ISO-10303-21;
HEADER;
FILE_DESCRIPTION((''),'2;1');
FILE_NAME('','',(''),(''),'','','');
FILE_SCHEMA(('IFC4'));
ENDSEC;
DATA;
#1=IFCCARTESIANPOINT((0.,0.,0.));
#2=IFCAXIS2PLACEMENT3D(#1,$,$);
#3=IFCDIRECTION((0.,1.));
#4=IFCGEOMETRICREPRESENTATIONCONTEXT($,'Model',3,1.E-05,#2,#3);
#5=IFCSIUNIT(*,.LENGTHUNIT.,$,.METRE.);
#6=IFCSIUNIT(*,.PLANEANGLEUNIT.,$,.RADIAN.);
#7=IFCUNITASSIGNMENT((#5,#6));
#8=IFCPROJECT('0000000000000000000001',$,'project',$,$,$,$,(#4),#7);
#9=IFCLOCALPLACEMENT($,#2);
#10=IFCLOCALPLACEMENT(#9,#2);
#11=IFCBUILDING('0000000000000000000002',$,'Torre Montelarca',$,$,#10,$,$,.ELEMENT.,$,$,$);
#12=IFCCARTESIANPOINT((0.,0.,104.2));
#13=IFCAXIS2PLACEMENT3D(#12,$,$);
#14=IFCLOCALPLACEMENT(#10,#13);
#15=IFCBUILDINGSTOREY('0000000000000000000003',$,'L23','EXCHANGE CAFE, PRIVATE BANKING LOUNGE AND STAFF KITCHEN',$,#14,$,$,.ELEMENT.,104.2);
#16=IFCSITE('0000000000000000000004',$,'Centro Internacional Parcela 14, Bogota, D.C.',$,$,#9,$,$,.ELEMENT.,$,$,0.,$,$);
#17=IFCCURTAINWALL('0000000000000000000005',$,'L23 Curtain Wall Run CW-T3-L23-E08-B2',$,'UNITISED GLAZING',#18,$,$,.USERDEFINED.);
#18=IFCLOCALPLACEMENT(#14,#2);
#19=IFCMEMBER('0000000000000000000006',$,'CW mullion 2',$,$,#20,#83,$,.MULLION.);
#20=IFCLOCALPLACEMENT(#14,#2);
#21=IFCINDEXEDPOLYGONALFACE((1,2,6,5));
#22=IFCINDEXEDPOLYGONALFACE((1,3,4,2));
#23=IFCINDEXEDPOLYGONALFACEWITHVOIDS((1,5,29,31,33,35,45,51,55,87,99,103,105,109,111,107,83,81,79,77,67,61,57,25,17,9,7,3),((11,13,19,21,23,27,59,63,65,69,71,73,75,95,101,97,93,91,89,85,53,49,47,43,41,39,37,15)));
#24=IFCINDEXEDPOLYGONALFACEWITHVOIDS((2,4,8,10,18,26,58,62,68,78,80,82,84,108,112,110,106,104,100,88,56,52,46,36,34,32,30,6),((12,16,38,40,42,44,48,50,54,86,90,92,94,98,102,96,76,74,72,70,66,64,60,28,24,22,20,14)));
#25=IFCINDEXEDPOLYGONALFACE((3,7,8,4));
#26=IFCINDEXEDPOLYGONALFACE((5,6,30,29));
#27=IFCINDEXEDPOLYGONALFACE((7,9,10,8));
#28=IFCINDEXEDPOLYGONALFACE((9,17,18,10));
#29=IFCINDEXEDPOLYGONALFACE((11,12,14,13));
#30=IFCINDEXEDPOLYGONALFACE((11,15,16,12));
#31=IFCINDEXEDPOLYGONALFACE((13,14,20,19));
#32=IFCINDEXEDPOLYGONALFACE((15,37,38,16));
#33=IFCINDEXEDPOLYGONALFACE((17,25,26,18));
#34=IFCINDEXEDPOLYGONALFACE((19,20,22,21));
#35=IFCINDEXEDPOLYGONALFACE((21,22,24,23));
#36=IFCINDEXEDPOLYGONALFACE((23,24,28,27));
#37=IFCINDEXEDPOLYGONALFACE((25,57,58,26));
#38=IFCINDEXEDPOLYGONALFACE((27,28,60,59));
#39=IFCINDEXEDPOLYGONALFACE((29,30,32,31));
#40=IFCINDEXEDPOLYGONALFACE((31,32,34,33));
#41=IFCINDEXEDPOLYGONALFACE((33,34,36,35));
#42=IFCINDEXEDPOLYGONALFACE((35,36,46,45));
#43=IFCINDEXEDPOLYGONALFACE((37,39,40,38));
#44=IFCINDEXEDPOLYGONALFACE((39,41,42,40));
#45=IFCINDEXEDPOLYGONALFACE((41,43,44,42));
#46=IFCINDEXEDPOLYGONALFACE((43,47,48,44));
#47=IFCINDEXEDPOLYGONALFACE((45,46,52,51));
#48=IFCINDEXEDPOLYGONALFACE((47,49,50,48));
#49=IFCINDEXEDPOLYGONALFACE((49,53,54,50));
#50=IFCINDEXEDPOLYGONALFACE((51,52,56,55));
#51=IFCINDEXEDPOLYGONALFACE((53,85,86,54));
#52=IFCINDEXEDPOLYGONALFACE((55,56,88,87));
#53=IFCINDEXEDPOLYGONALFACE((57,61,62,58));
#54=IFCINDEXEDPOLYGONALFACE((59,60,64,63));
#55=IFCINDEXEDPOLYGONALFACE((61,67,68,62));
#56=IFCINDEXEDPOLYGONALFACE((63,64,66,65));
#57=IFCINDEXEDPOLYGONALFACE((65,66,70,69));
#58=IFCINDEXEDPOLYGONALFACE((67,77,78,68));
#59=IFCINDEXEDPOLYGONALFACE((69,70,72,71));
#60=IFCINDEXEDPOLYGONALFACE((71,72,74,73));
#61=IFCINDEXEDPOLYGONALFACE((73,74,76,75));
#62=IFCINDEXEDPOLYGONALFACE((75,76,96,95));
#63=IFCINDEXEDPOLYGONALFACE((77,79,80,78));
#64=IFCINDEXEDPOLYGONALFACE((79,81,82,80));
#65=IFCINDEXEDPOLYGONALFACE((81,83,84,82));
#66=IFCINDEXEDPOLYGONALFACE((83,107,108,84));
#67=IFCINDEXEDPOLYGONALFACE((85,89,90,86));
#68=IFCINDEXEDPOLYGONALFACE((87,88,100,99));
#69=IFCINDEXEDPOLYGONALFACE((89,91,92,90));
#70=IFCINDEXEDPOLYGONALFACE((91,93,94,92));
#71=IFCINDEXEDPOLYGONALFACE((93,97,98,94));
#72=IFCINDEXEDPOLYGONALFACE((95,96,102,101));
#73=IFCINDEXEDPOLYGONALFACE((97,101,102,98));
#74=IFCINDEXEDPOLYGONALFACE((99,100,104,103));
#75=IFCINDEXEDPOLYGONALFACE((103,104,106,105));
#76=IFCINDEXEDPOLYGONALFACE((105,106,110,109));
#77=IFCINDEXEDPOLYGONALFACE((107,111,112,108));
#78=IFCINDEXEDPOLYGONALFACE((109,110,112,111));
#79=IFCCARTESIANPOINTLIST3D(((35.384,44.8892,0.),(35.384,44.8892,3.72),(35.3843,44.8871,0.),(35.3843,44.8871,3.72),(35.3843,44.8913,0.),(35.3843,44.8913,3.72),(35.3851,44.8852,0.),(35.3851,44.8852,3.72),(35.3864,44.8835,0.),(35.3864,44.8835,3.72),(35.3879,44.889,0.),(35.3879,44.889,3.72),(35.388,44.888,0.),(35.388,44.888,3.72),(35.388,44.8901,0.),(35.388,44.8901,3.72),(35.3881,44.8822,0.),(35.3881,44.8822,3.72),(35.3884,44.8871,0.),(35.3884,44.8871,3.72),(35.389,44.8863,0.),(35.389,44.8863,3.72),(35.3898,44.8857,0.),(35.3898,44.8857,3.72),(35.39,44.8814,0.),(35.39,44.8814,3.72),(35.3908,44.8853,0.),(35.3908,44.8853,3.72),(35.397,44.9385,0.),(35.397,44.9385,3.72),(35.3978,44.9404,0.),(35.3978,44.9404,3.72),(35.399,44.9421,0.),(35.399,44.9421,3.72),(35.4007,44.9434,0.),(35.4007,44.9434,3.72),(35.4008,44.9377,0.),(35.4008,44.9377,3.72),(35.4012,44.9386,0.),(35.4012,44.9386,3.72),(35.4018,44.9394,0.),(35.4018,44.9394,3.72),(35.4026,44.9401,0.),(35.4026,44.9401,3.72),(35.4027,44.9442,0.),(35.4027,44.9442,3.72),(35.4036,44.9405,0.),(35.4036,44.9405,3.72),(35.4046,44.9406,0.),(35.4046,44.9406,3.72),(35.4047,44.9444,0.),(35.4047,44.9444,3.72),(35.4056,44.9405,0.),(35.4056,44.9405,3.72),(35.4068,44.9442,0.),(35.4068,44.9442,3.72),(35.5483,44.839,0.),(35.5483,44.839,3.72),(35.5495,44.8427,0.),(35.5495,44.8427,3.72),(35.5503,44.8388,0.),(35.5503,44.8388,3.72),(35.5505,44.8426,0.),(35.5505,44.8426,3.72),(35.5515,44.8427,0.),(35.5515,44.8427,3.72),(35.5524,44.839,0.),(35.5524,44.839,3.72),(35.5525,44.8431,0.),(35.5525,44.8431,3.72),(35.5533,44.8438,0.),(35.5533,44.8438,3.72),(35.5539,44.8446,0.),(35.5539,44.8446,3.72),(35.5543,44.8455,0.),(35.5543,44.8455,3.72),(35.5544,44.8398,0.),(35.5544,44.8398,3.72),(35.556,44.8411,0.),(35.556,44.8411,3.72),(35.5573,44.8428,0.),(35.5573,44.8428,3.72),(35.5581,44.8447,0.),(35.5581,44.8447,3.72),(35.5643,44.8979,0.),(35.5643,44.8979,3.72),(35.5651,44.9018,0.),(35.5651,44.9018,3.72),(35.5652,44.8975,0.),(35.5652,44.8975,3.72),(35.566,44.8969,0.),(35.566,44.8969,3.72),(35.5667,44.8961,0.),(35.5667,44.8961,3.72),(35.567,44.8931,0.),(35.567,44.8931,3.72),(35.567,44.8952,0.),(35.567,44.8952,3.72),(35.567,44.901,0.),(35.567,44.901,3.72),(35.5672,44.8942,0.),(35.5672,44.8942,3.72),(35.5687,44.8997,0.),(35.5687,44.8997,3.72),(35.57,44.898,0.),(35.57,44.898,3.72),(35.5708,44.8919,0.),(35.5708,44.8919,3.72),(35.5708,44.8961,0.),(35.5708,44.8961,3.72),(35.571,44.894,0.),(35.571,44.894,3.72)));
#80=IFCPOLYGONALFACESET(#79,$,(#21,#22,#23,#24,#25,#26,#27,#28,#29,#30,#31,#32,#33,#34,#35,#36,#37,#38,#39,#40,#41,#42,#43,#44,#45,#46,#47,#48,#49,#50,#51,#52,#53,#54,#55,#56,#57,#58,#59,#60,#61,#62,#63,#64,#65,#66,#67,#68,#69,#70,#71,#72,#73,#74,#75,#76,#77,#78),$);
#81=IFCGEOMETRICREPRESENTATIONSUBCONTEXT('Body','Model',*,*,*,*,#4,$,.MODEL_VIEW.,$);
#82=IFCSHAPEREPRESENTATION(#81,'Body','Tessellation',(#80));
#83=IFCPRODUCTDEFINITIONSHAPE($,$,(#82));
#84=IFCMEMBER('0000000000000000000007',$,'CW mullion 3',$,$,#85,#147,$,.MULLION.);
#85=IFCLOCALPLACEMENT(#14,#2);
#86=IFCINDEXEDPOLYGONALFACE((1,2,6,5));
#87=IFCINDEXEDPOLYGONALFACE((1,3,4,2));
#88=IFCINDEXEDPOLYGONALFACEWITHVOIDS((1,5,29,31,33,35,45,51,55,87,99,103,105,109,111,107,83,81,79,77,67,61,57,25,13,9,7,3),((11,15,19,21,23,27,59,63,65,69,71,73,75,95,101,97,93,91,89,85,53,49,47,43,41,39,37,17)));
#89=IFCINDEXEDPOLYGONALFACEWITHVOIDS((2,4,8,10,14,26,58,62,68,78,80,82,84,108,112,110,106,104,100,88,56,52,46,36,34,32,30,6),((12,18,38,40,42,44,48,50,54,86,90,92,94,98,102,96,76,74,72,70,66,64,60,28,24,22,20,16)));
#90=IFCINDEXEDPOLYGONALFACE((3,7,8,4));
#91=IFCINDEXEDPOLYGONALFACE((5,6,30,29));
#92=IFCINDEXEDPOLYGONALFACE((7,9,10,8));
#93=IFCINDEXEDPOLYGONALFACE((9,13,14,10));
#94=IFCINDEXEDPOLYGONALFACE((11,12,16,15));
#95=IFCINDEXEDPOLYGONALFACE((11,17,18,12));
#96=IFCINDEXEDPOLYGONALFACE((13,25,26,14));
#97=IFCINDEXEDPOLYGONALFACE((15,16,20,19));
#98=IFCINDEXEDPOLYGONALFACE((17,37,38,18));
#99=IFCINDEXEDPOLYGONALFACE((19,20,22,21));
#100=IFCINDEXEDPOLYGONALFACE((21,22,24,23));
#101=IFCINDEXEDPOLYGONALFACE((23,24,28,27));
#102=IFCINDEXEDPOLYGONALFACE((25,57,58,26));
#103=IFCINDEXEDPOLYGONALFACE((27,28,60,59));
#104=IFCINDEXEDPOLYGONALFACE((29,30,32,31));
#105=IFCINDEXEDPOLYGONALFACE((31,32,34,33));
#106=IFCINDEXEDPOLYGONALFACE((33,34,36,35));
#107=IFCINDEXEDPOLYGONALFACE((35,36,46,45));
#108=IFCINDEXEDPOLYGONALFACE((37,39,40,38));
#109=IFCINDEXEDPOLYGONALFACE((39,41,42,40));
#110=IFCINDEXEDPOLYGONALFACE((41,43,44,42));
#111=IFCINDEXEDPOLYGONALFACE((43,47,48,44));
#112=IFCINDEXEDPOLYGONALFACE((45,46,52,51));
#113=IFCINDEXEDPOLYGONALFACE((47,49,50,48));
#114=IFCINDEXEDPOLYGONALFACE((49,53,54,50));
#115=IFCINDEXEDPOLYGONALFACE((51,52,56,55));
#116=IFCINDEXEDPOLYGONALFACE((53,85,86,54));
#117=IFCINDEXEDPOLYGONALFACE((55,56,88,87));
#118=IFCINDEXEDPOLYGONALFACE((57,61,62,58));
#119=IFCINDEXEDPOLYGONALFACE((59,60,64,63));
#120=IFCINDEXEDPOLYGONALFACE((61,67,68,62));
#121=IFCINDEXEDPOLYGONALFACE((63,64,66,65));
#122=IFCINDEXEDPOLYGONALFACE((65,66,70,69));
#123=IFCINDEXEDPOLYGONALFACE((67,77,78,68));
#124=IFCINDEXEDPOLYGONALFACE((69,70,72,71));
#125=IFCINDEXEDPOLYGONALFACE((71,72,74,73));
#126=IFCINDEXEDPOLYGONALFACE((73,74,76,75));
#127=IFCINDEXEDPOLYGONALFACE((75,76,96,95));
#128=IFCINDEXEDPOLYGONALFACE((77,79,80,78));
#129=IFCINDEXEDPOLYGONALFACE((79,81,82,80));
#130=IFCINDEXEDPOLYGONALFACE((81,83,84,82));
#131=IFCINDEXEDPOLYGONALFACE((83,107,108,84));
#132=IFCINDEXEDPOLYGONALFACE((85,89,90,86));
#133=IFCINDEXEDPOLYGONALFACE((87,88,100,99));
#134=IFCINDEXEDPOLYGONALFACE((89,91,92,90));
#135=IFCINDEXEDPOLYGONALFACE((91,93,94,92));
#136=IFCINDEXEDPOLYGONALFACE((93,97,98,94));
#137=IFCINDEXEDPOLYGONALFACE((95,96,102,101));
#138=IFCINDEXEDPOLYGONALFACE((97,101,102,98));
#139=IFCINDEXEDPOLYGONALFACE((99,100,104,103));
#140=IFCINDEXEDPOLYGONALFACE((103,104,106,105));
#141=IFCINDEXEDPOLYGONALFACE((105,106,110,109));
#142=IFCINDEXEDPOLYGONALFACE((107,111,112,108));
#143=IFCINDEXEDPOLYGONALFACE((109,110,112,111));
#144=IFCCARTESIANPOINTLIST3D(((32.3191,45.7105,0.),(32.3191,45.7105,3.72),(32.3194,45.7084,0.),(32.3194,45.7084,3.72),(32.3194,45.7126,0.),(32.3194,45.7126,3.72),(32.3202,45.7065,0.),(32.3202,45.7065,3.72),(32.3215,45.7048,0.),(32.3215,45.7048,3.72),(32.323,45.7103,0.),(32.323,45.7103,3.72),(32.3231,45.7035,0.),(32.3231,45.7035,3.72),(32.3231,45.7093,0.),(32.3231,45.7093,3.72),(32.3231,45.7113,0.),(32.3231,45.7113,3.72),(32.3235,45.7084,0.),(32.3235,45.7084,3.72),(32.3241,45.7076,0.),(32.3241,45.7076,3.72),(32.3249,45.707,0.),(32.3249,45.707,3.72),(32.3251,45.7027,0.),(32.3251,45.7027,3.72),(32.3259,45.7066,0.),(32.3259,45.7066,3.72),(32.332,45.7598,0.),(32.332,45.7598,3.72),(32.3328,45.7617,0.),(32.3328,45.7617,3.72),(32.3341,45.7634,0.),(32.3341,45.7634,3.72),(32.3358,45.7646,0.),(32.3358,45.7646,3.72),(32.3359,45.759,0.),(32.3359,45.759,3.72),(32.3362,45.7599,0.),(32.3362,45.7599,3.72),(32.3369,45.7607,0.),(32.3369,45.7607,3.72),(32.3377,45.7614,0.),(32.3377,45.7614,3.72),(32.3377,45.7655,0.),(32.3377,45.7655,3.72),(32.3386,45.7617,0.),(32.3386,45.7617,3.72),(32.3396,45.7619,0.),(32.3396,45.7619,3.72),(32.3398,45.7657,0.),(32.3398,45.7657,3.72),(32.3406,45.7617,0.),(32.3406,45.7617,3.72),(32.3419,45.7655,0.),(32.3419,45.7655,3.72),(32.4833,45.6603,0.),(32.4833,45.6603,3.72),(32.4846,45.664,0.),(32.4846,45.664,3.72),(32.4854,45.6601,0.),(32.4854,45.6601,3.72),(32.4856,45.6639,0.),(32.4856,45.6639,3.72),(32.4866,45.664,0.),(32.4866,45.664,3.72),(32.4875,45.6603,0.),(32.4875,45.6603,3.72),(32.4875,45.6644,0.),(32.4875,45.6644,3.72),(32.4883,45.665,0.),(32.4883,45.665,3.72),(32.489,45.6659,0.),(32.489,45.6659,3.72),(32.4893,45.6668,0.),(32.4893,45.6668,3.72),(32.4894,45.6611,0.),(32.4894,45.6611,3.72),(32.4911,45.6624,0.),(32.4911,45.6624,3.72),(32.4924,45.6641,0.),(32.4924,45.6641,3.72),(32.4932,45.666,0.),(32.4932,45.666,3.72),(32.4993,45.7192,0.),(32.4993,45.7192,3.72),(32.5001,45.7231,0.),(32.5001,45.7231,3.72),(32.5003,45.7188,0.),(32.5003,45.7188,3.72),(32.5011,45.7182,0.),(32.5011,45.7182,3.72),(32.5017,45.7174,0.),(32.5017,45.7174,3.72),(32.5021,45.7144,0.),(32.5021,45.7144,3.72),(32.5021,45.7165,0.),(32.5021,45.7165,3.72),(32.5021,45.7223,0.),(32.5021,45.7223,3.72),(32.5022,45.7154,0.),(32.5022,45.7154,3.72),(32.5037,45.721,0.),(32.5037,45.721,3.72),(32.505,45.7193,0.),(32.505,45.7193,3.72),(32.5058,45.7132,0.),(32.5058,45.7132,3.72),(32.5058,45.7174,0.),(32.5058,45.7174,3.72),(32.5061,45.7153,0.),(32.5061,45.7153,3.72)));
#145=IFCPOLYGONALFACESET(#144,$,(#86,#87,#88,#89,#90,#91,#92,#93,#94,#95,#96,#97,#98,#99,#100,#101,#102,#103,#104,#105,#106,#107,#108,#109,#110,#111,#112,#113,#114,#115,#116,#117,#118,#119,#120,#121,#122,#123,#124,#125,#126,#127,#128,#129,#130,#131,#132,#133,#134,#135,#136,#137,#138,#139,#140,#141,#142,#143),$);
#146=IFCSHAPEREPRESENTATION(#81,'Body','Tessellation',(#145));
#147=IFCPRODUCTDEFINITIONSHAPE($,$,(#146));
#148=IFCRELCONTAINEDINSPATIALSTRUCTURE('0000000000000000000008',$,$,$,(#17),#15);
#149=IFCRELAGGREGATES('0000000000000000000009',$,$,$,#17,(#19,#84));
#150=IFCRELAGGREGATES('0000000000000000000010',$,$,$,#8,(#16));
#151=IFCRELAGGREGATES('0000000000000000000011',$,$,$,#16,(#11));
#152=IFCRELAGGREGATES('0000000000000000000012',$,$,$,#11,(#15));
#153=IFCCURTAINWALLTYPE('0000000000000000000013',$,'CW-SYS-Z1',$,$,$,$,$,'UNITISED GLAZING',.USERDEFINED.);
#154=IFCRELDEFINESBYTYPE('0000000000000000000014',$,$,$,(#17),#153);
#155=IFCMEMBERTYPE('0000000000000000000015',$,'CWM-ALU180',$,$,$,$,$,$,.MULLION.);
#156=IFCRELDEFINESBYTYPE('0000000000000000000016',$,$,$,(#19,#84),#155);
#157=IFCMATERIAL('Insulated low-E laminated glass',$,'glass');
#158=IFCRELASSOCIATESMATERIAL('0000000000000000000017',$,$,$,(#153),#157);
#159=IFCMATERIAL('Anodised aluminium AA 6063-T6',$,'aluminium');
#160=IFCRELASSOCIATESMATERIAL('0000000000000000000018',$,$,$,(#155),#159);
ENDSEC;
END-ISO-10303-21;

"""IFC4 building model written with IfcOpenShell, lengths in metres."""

from ifc_helpers import new_model, si_unit, direction, frame, origin, origin_2d, place, context, subcontext, project, spatial, hollow_rectangle, extrude, source, transform, mapped, material, material_profile, profile_set, type_object, element, aggregate, save


model = new_model("IFC4")

# Units and contexts
model_context = context("Model", 3, precision=1e-05, world=origin(), true_north=direction((0.0, 1.0)))
body_context = subcontext(model_context, "Body", "Model", "MODEL_VIEW")
ifc_project = project(units=[si_unit("LENGTHUNIT", "METRE"), si_unit("PLANEANGLEUNIT", "RADIAN")], contexts=[model_context])

# Site, building, storey
site_placement = place(None, origin())
site = spatial("IfcSite", under=ifc_project, at=site_placement, Name="Centro Internacional Parcela 14, Bogota, D.C.", CompositionType="ELEMENT", RefElevation=0.0)
building_placement = place(site_placement, origin())
building = spatial("IfcBuilding", under=site, at=building_placement, Name="Torre Montelarca", CompositionType="ELEMENT")
storey_placement = place(building_placement, frame((0.0, 0.0, 104.2)))
storey = spatial("IfcBuildingStorey", under=building, at=storey_placement, Name="L23", Description="EXCHANGE CAFE, PRIVATE BANKING LOUNGE AND STAFF KITCHEN", CompositionType="ELEMENT", Elevation=104.2)

# Curtain wall
ifc_material_1 = material(Name="Insulated low-E laminated glass", Category="glass")
curtain_wall_type = type_object("IfcCurtainWallType", Name="CW-SYS-Z1", ElementType="UNITISED GLAZING", PredefinedType="USERDEFINED", material=ifc_material_1)
curtain_wall_1_placement = place(storey_placement, origin())
curtain_wall_1 = element("IfcCurtainWall", 1, at=curtain_wall_1_placement, inside=storey, type_object=curtain_wall_type, Name="L23 Curtain Wall Run CW-T3-L23-E08-B2", ObjectType="UNITISED GLAZING", PredefinedType="USERDEFINED")
ifc_material_2 = material(Name="Anodised aluminium AA 6063-T6", Category="aluminium")

# Members
ifc_material_profile_1 = material_profile(ifc_material_2, hollow_rectangle(XDim=0.0649, YDim=0.1799, WallThickness=0.0039, InnerFilletRadius=0.0039, OuterFilletRadius=0.0081, at=origin_2d()), Name="ALU65X180X4", Category="aluminium")
ifc_profile_set_1 = profile_set([ifc_material_profile_1], Name="Anodised aluminium AA 6063-T6")
member_type_1 = type_object("IfcMemberType", Name="CWM-ALU180", PredefinedType="MULLION", material=ifc_profile_set_1)
shared_shape_1 = source(origin(), body_context, "Body", "SweptSolid", [
    extrude(hollow_rectangle(XDim=0.0649, YDim=0.1799, WallThickness=0.0039, InnerFilletRadius=0.0039, OuterFilletRadius=0.0081, at=origin_2d()), origin(), (0.0, 0.0, 1.0), 3.72),
])
member_1_placement = place(storey_placement, frame((35.4775, 44.8916, 0.0), z_axis=(0.0, 0.0, 1.0), x_axis=(-0.258816, -0.965927, 0.0)))
member_1 = element("IfcMember", 2, at=member_1_placement, type_object=member_type_1, Name="CW mullion 2", PredefinedType="MULLION", context=body_context, shape_type="MappedRepresentation", body=[
    mapped(shared_shape_1, transform((0.0, 0.0, 0.0), scale=1.0)),
])
member_2_placement = place(storey_placement, frame((32.4126, 45.7129, 0.0), z_axis=(0.0, 0.0, 1.0), x_axis=(-0.258816, -0.965927, 0.0)))
member_2 = element("IfcMember", 3, at=member_2_placement, type_object=member_type_1, Name="CW mullion 3", PredefinedType="MULLION", context=body_context, shape_type="MappedRepresentation", body=[
    mapped(shared_shape_1, transform((0.0, 0.0, 0.0), scale=1.0)),
])

aggregate(curtain_wall_1, [member_1, member_2])

save(model, "model.ifc")
